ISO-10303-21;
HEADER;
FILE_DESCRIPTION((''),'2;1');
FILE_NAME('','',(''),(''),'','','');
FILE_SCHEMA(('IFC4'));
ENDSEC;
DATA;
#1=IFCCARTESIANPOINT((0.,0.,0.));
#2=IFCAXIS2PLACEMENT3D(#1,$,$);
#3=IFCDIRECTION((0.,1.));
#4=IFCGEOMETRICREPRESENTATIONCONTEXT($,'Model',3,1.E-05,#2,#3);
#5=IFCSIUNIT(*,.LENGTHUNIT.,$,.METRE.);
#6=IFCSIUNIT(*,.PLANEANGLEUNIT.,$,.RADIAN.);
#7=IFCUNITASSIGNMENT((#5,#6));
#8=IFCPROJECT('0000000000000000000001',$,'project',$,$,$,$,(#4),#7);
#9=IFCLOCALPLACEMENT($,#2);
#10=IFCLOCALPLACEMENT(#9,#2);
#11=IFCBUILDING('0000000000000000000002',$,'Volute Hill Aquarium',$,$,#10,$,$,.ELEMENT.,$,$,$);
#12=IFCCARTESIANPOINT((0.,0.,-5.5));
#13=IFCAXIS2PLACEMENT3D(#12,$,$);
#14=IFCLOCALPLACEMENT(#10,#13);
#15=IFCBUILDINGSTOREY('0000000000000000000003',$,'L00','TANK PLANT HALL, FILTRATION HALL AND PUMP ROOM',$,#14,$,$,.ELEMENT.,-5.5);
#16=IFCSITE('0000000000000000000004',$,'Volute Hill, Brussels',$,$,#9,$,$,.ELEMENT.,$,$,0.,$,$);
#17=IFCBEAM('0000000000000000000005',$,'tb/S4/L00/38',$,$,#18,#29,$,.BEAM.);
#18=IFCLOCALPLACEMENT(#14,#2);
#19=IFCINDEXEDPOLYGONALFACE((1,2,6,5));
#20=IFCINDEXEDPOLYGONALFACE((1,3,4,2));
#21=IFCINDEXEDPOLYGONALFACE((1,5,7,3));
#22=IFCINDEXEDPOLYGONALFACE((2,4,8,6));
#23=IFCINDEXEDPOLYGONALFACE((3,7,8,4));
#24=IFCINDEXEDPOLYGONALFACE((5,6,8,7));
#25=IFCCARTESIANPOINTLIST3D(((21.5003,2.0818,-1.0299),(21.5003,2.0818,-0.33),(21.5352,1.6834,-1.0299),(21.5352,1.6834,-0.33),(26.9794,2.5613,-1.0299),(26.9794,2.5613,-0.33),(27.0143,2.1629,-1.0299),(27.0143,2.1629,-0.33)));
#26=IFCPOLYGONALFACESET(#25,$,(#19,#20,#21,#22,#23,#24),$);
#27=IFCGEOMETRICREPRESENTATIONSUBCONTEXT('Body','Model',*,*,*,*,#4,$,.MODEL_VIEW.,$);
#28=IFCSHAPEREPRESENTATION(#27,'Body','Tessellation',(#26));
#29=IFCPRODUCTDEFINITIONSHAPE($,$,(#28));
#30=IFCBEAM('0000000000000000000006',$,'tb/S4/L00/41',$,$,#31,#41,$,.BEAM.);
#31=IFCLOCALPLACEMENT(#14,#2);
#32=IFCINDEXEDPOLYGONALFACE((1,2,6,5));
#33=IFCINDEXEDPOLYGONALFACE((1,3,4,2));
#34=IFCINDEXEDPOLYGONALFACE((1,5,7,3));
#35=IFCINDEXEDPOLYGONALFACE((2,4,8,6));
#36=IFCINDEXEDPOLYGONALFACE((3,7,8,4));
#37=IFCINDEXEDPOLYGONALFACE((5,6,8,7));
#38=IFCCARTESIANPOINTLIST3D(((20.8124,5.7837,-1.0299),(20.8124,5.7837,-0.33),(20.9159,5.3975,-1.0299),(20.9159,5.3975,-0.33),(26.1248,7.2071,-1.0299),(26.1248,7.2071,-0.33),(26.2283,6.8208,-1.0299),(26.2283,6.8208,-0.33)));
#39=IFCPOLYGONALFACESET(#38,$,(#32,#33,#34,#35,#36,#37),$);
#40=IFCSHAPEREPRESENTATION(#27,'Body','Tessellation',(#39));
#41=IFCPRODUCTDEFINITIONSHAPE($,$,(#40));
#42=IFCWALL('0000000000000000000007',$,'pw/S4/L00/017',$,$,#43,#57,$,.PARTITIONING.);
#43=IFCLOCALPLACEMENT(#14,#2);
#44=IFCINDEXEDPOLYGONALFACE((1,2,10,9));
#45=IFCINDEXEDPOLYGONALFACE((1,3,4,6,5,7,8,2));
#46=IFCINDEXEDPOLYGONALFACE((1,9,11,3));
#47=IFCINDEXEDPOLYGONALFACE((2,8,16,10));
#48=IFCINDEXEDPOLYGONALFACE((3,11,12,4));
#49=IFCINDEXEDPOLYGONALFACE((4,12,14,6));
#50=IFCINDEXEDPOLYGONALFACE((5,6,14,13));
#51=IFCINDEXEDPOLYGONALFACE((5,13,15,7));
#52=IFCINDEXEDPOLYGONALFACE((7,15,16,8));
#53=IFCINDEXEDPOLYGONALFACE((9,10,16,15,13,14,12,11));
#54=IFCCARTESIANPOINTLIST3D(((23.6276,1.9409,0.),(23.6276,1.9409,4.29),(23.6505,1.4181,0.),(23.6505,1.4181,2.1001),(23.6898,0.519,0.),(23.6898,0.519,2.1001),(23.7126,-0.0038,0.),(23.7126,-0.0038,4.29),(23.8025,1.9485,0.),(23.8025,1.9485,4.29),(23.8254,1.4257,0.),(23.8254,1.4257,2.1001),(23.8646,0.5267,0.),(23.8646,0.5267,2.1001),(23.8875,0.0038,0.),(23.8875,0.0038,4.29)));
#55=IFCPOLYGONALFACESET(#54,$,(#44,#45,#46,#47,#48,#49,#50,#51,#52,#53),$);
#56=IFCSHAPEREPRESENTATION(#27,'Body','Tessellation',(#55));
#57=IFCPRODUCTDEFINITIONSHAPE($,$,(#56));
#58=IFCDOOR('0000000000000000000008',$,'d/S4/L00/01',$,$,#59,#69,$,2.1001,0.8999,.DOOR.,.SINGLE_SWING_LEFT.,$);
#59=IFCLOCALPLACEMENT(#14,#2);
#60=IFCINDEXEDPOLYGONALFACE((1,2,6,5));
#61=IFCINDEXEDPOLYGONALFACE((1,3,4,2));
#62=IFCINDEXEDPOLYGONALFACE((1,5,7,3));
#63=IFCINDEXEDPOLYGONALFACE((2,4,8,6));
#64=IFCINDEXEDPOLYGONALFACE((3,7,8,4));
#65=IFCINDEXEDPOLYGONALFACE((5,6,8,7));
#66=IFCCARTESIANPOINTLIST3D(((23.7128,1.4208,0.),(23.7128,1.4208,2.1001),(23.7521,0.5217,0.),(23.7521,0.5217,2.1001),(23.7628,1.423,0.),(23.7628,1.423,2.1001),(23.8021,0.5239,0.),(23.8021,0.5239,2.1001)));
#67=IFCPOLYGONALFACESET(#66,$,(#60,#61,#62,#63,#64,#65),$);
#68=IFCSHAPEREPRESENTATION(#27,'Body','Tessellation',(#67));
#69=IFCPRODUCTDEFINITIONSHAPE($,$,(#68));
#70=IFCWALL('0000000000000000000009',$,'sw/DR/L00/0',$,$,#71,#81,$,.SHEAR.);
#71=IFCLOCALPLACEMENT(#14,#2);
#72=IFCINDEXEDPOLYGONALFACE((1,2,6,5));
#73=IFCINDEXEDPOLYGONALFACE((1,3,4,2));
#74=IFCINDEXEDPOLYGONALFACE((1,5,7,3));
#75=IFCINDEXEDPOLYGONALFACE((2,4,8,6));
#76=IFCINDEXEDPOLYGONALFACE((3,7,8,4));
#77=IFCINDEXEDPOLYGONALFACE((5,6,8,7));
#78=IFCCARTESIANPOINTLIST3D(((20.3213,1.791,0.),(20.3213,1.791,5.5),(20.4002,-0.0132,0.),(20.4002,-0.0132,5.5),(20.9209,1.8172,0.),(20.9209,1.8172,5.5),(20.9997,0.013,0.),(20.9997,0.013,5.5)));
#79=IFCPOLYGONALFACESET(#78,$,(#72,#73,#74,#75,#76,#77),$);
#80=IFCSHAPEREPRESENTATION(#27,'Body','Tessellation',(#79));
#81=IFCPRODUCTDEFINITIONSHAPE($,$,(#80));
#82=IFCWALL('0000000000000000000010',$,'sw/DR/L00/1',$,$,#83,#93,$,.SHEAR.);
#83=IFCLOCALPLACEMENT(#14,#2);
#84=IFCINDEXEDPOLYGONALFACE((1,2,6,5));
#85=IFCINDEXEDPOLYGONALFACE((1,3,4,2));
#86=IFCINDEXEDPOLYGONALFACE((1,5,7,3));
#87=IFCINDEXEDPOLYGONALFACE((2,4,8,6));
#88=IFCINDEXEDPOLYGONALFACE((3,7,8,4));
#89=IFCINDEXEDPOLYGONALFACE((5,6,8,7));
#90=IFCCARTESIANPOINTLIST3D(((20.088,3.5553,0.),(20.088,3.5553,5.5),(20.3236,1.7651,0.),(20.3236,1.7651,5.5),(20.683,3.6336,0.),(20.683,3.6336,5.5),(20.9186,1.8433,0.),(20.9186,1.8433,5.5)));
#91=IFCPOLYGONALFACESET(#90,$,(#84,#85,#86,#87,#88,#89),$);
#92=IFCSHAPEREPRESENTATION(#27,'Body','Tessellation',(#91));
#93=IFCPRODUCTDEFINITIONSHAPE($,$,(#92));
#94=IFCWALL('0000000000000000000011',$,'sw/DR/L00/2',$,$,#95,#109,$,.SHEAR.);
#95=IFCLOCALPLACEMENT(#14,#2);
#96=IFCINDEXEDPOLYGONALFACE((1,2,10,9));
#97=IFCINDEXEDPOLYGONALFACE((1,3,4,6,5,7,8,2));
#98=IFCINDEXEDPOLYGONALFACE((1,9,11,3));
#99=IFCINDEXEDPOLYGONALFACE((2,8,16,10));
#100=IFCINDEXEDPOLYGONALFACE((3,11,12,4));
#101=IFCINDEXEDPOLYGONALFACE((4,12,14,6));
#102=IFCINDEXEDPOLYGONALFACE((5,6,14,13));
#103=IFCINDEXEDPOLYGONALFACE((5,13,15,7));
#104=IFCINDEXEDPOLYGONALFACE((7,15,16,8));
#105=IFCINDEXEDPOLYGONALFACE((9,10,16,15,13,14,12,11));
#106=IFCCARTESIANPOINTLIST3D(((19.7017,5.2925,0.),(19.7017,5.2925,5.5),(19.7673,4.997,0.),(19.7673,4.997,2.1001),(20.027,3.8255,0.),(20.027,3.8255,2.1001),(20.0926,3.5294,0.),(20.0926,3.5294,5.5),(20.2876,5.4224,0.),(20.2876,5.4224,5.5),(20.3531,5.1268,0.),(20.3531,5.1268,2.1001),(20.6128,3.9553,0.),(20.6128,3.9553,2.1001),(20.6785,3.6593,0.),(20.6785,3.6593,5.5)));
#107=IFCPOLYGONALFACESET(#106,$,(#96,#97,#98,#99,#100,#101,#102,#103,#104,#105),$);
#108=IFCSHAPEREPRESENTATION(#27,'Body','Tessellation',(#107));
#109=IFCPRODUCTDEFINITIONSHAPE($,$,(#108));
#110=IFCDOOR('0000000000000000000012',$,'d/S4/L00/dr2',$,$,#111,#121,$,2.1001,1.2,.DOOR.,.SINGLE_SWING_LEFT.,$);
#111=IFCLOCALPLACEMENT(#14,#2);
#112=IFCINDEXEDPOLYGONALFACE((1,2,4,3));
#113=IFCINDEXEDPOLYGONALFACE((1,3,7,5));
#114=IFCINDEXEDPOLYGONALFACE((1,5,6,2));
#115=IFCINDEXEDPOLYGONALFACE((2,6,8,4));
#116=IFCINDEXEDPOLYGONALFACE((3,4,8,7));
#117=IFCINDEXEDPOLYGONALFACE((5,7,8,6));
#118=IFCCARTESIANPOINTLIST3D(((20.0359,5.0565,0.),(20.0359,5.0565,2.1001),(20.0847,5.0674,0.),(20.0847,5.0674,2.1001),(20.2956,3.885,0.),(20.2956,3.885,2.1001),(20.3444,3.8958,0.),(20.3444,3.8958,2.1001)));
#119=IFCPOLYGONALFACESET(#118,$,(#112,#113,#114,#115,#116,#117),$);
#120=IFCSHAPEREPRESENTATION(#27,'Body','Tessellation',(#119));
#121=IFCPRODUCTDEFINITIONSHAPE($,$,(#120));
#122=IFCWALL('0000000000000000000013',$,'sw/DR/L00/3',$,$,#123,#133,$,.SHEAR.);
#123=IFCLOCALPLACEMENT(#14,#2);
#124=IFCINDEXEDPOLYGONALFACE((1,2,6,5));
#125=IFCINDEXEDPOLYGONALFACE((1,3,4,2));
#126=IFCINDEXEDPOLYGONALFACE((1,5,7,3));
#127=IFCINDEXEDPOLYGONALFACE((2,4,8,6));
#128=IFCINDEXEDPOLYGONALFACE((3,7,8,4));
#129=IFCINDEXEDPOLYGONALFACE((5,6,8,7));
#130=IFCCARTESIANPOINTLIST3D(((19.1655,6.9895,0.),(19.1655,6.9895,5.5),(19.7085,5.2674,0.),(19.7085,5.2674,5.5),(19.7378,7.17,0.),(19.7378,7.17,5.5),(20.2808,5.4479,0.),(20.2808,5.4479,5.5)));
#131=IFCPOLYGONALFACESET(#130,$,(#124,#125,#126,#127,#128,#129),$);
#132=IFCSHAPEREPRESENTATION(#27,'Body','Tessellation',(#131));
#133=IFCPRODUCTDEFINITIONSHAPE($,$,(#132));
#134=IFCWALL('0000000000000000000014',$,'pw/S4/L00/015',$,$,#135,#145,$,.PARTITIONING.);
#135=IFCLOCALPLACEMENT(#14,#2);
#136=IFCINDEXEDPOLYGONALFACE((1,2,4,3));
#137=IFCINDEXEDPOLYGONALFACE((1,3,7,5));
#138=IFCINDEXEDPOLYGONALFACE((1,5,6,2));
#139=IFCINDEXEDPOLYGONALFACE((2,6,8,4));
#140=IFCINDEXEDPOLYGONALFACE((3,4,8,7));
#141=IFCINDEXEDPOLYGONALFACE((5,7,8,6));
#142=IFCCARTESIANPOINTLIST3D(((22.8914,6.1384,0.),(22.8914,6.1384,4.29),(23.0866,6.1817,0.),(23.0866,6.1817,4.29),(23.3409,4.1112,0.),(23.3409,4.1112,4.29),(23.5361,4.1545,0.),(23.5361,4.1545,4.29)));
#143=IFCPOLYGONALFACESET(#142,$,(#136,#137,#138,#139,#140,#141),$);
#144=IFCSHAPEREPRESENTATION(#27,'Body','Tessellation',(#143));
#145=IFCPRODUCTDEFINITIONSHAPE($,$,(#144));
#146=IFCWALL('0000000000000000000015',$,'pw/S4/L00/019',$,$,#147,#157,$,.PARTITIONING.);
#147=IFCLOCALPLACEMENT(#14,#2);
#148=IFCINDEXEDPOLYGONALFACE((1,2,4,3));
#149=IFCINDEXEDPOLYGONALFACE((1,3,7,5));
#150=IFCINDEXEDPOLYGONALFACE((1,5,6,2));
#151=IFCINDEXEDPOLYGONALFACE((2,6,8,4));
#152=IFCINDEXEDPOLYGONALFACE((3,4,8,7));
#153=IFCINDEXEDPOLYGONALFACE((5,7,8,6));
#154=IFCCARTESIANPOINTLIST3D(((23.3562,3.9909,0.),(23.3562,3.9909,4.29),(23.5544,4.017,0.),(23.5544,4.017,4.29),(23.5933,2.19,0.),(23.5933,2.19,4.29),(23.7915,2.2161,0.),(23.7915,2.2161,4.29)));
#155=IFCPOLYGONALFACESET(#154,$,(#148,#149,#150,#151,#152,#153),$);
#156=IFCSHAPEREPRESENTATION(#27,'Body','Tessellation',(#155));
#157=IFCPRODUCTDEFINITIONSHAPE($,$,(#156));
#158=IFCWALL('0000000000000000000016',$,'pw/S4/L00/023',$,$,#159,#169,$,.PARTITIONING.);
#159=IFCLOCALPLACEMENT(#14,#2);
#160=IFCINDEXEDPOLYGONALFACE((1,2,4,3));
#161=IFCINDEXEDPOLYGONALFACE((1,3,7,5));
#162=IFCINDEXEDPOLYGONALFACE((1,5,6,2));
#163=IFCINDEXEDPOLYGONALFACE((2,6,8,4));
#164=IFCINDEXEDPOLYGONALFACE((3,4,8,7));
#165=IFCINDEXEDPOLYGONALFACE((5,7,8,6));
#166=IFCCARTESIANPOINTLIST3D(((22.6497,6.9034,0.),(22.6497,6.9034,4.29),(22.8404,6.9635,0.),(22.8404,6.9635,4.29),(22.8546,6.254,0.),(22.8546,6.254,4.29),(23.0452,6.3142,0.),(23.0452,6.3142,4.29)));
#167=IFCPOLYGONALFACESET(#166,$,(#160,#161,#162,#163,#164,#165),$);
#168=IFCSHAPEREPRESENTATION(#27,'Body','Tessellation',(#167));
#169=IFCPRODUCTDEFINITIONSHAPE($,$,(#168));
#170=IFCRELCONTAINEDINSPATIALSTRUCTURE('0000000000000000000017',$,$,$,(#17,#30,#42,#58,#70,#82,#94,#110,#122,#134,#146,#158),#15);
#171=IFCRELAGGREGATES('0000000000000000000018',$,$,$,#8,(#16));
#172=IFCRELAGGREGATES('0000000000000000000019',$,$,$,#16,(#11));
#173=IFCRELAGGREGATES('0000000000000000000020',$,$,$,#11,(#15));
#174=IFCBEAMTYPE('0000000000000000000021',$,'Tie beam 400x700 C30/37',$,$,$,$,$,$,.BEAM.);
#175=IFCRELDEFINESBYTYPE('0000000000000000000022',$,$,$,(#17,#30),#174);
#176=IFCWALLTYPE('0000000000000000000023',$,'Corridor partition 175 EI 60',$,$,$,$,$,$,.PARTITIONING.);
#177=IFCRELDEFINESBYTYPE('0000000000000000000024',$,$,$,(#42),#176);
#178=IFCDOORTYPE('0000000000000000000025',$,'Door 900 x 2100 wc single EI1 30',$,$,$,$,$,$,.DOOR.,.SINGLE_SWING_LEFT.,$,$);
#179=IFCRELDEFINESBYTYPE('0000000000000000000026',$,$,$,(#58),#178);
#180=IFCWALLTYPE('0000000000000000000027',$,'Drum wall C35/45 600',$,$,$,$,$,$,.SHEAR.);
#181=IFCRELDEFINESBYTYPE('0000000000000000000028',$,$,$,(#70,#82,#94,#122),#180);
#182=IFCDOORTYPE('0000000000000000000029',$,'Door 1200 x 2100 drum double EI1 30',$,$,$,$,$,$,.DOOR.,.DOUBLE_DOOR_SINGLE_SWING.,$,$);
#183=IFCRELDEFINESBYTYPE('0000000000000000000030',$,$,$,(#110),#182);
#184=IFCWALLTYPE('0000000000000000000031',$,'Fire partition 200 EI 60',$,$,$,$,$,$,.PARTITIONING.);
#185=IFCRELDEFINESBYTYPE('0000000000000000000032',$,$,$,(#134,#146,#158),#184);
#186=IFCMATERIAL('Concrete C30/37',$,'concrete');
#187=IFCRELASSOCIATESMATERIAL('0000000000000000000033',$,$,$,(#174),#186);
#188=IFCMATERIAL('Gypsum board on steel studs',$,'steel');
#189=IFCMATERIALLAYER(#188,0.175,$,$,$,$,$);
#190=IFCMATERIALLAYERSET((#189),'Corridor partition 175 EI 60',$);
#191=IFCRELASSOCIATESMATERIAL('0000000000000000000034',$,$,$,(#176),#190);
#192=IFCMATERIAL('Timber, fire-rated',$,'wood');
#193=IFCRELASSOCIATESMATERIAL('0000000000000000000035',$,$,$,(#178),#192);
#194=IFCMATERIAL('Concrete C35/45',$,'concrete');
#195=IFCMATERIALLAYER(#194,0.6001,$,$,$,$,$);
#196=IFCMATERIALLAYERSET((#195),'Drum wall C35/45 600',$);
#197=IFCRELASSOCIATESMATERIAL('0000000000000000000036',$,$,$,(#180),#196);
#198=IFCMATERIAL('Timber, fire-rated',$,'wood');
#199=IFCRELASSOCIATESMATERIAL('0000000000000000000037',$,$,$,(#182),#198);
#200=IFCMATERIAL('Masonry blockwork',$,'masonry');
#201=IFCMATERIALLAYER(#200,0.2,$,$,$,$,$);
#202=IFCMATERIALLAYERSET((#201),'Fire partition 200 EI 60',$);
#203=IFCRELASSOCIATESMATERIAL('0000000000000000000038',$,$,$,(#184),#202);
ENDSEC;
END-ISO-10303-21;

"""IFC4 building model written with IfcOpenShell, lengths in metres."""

from ifc_helpers import new_model, si_unit, direction, frame, frame_2d, origin, origin_2d, place, context, subcontext, project, spatial, rectangle, extrude, material, layer, layer_set, material_profile, profile_set, type_object, element, fill, save


model = new_model("IFC4")

# Units and contexts
model_context = context("Model", 3, precision=1e-05, world=origin(), true_north=direction((0.0, 1.0)))
body_context = subcontext(model_context, "Body", "Model", "MODEL_VIEW")
ifc_project = project(units=[si_unit("LENGTHUNIT", "METRE"), si_unit("PLANEANGLEUNIT", "RADIAN")], contexts=[model_context])

# Site, building, storey
site_placement = place(None, origin())
site = spatial("IfcSite", under=ifc_project, at=site_placement, Name="Volute Hill, Brussels", CompositionType="ELEMENT", RefElevation=0.0)
building_placement = place(site_placement, origin())
building = spatial("IfcBuilding", under=site, at=building_placement, Name="Volute Hill Aquarium", CompositionType="ELEMENT")
storey_placement = place(building_placement, frame((0.0, 0.0, -5.5)))
storey = spatial("IfcBuildingStorey", under=building, at=storey_placement, Name="L00", Description="TANK PLANT HALL, FILTRATION HALL AND PUMP ROOM", CompositionType="ELEMENT", Elevation=-5.5)

# Beams
ifc_material_1 = material(Name="Concrete C30/37", Category="concrete")
ifc_material_profile_1 = material_profile(ifc_material_1, rectangle(XDim=0.3999, YDim=0.7, at=origin_2d()), Name="RC tie beam 400x700")
ifc_profile_set_1 = profile_set([ifc_material_profile_1], Name="Concrete C30/37")
beam_type_1 = type_object("IfcBeamType", Name="Tie beam 400x700 C30/37", PredefinedType="BEAM", material=ifc_profile_set_1)
beam_1_placement = place(storey_placement, frame((26.9968, 2.3621, -0.6799), z_axis=(-0.996192, -0.087181, 0.0), x_axis=(0.087181, -0.996192, 0.0)))
element("IfcBeam", 1, at=beam_1_placement, inside=storey, type_object=beam_type_1, Name="tb/S4/L00/38", PredefinedType="BEAM", context=body_context, shape_type="SweptSolid", body=[
    extrude(rectangle(XDim=0.3999, YDim=0.7, at=origin_2d()), origin(), (0.0, 0.0, 1.0), 5.5),
])
beam_2_placement = place(storey_placement, frame((26.1765, 7.0139, -0.6799), z_axis=(-0.965932, -0.258795, 0.0), x_axis=(0.258795, -0.965932, 0.0)))
element("IfcBeam", 2, at=beam_2_placement, inside=storey, type_object=beam_type_1, Name="tb/S4/L00/41", PredefinedType="BEAM", context=body_context, shape_type="SweptSolid", body=[
    extrude(rectangle(XDim=0.3999, YDim=0.7, at=origin_2d()), origin(), (0.0, 0.0, 1.0), 5.4998),
])

# Wall, opening, door
ifc_material_2 = material(Name="Gypsum board on steel studs", Category="steel")
ifc_layer_1 = layer(ifc_material_2, 0.175)
ifc_layer_set_1 = layer_set([ifc_layer_1], Name="Corridor partition 175 EI 60")
wall_type_1 = type_object("IfcWallType", Name="Corridor partition 175 EI 60", PredefinedType="PARTITIONING", material=ifc_layer_set_1)
wall_1_placement = place(storey_placement, frame((23.7151, 1.9446, 0.0), z_axis=(0.0, 0.0, 1.0), x_axis=(0.04365, -0.999047, 0.0)))
wall_1 = element("IfcWall", 3, at=wall_1_placement, inside=storey, type_object=wall_type_1, Name="pw/S4/L00/017", PredefinedType="PARTITIONING", context=body_context, shape_type="SweptSolid", body=[
    extrude(rectangle(XDim=1.9465, YDim=0.175, at=frame_2d((0.9731, 0.0))), origin(), (0.0, 0.0, 1.0), 4.29),
])
opening_1_placement = place(wall_1_placement, frame((0.5232, 0.0, 0.0)))
opening_1 = element("IfcOpeningElement", 4, at=opening_1_placement, cuts=wall_1, PredefinedType="OPENING", context=body_context, shape_type="SweptSolid", body=[
    extrude(rectangle(XDim=0.8999, YDim=2.1001, at=frame_2d((0.45, 1.05))), frame((0.0, 0.0974, 0.0), z_axis=(0.0, -1.0, 0.0), x_axis=(1.0, 0.0, 0.0)), (0.0, 0.0, 1.0), 0.1951),
])
ifc_material_3 = material(Name="Timber, fire-rated", Category="wood")
door_type_1 = type_object("IfcDoorType", Name="Door 900 x 2100 wc single EI1 30", OperationType="SINGLE_SWING_LEFT", PredefinedType="DOOR", material=ifc_material_3)
door_1_placement = place(opening_1_placement, origin())
door_1 = element("IfcDoor", 5, at=door_1_placement, inside=storey, type_object=door_type_1, Name="d/S4/L00/01", OperationType="SINGLE_SWING_LEFT", OverallHeight=2.1001, OverallWidth=0.8999, PredefinedType="DOOR", context=body_context, shape_type="SweptSolid", body=[
    extrude(rectangle(XDim=0.8999, YDim=2.1001, at=frame_2d((0.45, 1.05))), frame((0.0, 0.0249, 0.0), z_axis=(0.0, -1.0, 0.0), x_axis=(1.0, 0.0, 0.0)), (0.0, 0.0, 1.0), 0.05),
])
fill(opening_1, door_1)

# Walls
ifc_material_4 = material(Name="Concrete C35/45", Category="concrete")
ifc_layer_2 = layer(ifc_material_4, 0.6001)
ifc_layer_set_2 = layer_set([ifc_layer_2], Name="Drum wall C35/45 600")
wall_type_2 = type_object("IfcWallType", Name="Drum wall C35/45 600", PredefinedType="SHEAR", material=ifc_layer_set_2)
wall_2_placement = place(storey_placement, frame((20.7, 0.0, 0.0), z_axis=(0.0, 0.0, 1.0), x_axis=(-0.043666, 0.999046, 0.0)))
element("IfcWall", 6, at=wall_2_placement, inside=storey, type_object=wall_type_2, Name="sw/DR/L00/0", PredefinedType="SHEAR", context=body_context, shape_type="SweptSolid", body=[
    extrude(rectangle(XDim=1.8059, YDim=0.6001, at=frame_2d((0.9028, 0.0))), origin(), (0.0, 0.0, 1.0), 5.5),
])
wall_3_placement = place(storey_placement, frame((20.6211, 1.8042, 0.0), z_axis=(0.0, 0.0, 1.0), x_axis=(-0.130472, 0.991452, 0.0)))
element("IfcWall", 7, at=wall_3_placement, inside=storey, type_object=wall_type_2, Name="sw/DR/L00/1", PredefinedType="SHEAR", context=body_context, shape_type="SweptSolid", body=[
    extrude(rectangle(XDim=1.8057, YDim=0.6001, at=frame_2d((0.9028, 0.0))), origin(), (0.0, 0.0, 1.0), 5.5),
])

# Wall, opening, door
wall_4_placement = place(storey_placement, frame((20.3855, 3.5945, 0.0), z_axis=(0.0, 0.0, 1.0), x_axis=(-0.216429, 0.976298, 0.0)))
wall_4 = element("IfcWall", 8, at=wall_4_placement, inside=storey, type_object=wall_type_2, Name="sw/DR/L00/2", PredefinedType="SHEAR", context=body_context, shape_type="SweptSolid", body=[
    extrude(rectangle(XDim=1.8059, YDim=0.6001, at=frame_2d((0.9028, 0.0))), origin(), (0.0, 0.0, 1.0), 5.5),
])
opening_2_placement = place(wall_4_placement, frame((0.303, 0.0, 0.0)))
opening_2 = element("IfcOpeningElement", 9, at=opening_2_placement, cuts=wall_4, PredefinedType="OPENING", context=body_context, shape_type="SweptSolid", body=[
    extrude(rectangle(XDim=1.2, YDim=2.1001, at=frame_2d((0.6001, 1.05))), frame((0.0, 0.3101, 0.0), z_axis=(0.0, -1.0, 0.0), x_axis=(1.0, 0.0, 0.0)), (0.0, 0.0, 1.0), 0.6201),
])
ifc_material_5 = material(Name="Timber, fire-rated", Category="wood")
door_type_2 = type_object("IfcDoorType", Name="Door 1200 x 2100 drum double EI1 30", OperationType="DOUBLE_DOOR_SINGLE_SWING", PredefinedType="DOOR", material=ifc_material_5)
door_2_placement = place(opening_2_placement, origin())
door_2 = element("IfcDoor", 10, at=door_2_placement, inside=storey, type_object=door_type_2, Name="d/S4/L00/dr2", OperationType="SINGLE_SWING_LEFT", OverallHeight=2.1001, OverallWidth=1.2, PredefinedType="DOOR", context=body_context, shape_type="SweptSolid", body=[
    extrude(rectangle(XDim=1.2, YDim=2.1001, at=frame_2d((0.6001, 1.05))), frame((0.0, 0.0249, 0.0), z_axis=(0.0, -1.0, 0.0), x_axis=(1.0, 0.0, 0.0)), (0.0, 0.0, 1.0), 0.05),
])
fill(opening_2, door_2)

# Walls
wall_5_placement = place(storey_placement, frame((19.9946, 5.3577, 0.0), z_axis=(0.0, 0.0, 1.0), x_axis=(-0.300691, 0.953722, 0.0)))
element("IfcWall", 11, at=wall_5_placement, inside=storey, type_object=wall_type_2, Name="sw/DR/L00/3", PredefinedType="SHEAR", context=body_context, shape_type="SweptSolid", body=[
    extrude(rectangle(XDim=1.8057, YDim=0.6001, at=frame_2d((0.9028, 0.0))), origin(), (0.0, 0.0, 1.0), 5.5),
])
ifc_material_6 = material(Name="Masonry blockwork", Category="masonry")
ifc_layer_3 = layer(ifc_material_6, 0.2)
ifc_layer_set_3 = layer_set([ifc_layer_3], Name="Fire partition 200 EI 60")
wall_type_3 = type_object("IfcWallType", Name="Fire partition 200 EI 60", PredefinedType="PARTITIONING", material=ifc_layer_set_3)
wall_6_placement = place(storey_placement, frame((22.989, 6.1599, 0.0), z_axis=(0.0, 0.0, 1.0), x_axis=(0.21647, -0.976289, 0.0)))
element("IfcWall", 12, at=wall_6_placement, inside=storey, type_object=wall_type_3, Name="pw/S4/L00/015", PredefinedType="PARTITIONING", context=body_context, shape_type="SweptSolid", body=[
    extrude(rectangle(XDim=2.0764, YDim=0.2, at=frame_2d((1.0381, 0.0))), origin(), (0.0, 0.0, 1.0), 4.29),
])
wall_7_placement = place(storey_placement, frame((23.4553, 4.0039, 0.0), z_axis=(0.0, 0.0, 1.0), x_axis=(0.130517, -0.991446, 0.0)))
element("IfcWall", 13, at=wall_7_placement, inside=storey, type_object=wall_type_3, Name="pw/S4/L00/019", PredefinedType="PARTITIONING", context=body_context, shape_type="SweptSolid", body=[
    extrude(rectangle(XDim=1.8164, YDim=0.2, at=frame_2d((0.9082, 0.0))), origin(), (0.0, 0.0, 1.0), 4.29),
])
wall_8_placement = place(storey_placement, frame((22.7451, 6.9333, 0.0), z_axis=(0.0, 0.0, 1.0), x_axis=(0.300805, -0.953686, 0.0)))
element("IfcWall", 14, at=wall_8_placement, inside=storey, type_object=wall_type_3, Name="pw/S4/L00/023", PredefinedType="PARTITIONING", context=body_context, shape_type="SweptSolid", body=[
    extrude(rectangle(XDim=0.6809, YDim=0.2, at=frame_2d((0.3403, 0.0))), origin(), (0.0, 0.0, 1.0), 4.29),
])

save(model, "model.ifc")
